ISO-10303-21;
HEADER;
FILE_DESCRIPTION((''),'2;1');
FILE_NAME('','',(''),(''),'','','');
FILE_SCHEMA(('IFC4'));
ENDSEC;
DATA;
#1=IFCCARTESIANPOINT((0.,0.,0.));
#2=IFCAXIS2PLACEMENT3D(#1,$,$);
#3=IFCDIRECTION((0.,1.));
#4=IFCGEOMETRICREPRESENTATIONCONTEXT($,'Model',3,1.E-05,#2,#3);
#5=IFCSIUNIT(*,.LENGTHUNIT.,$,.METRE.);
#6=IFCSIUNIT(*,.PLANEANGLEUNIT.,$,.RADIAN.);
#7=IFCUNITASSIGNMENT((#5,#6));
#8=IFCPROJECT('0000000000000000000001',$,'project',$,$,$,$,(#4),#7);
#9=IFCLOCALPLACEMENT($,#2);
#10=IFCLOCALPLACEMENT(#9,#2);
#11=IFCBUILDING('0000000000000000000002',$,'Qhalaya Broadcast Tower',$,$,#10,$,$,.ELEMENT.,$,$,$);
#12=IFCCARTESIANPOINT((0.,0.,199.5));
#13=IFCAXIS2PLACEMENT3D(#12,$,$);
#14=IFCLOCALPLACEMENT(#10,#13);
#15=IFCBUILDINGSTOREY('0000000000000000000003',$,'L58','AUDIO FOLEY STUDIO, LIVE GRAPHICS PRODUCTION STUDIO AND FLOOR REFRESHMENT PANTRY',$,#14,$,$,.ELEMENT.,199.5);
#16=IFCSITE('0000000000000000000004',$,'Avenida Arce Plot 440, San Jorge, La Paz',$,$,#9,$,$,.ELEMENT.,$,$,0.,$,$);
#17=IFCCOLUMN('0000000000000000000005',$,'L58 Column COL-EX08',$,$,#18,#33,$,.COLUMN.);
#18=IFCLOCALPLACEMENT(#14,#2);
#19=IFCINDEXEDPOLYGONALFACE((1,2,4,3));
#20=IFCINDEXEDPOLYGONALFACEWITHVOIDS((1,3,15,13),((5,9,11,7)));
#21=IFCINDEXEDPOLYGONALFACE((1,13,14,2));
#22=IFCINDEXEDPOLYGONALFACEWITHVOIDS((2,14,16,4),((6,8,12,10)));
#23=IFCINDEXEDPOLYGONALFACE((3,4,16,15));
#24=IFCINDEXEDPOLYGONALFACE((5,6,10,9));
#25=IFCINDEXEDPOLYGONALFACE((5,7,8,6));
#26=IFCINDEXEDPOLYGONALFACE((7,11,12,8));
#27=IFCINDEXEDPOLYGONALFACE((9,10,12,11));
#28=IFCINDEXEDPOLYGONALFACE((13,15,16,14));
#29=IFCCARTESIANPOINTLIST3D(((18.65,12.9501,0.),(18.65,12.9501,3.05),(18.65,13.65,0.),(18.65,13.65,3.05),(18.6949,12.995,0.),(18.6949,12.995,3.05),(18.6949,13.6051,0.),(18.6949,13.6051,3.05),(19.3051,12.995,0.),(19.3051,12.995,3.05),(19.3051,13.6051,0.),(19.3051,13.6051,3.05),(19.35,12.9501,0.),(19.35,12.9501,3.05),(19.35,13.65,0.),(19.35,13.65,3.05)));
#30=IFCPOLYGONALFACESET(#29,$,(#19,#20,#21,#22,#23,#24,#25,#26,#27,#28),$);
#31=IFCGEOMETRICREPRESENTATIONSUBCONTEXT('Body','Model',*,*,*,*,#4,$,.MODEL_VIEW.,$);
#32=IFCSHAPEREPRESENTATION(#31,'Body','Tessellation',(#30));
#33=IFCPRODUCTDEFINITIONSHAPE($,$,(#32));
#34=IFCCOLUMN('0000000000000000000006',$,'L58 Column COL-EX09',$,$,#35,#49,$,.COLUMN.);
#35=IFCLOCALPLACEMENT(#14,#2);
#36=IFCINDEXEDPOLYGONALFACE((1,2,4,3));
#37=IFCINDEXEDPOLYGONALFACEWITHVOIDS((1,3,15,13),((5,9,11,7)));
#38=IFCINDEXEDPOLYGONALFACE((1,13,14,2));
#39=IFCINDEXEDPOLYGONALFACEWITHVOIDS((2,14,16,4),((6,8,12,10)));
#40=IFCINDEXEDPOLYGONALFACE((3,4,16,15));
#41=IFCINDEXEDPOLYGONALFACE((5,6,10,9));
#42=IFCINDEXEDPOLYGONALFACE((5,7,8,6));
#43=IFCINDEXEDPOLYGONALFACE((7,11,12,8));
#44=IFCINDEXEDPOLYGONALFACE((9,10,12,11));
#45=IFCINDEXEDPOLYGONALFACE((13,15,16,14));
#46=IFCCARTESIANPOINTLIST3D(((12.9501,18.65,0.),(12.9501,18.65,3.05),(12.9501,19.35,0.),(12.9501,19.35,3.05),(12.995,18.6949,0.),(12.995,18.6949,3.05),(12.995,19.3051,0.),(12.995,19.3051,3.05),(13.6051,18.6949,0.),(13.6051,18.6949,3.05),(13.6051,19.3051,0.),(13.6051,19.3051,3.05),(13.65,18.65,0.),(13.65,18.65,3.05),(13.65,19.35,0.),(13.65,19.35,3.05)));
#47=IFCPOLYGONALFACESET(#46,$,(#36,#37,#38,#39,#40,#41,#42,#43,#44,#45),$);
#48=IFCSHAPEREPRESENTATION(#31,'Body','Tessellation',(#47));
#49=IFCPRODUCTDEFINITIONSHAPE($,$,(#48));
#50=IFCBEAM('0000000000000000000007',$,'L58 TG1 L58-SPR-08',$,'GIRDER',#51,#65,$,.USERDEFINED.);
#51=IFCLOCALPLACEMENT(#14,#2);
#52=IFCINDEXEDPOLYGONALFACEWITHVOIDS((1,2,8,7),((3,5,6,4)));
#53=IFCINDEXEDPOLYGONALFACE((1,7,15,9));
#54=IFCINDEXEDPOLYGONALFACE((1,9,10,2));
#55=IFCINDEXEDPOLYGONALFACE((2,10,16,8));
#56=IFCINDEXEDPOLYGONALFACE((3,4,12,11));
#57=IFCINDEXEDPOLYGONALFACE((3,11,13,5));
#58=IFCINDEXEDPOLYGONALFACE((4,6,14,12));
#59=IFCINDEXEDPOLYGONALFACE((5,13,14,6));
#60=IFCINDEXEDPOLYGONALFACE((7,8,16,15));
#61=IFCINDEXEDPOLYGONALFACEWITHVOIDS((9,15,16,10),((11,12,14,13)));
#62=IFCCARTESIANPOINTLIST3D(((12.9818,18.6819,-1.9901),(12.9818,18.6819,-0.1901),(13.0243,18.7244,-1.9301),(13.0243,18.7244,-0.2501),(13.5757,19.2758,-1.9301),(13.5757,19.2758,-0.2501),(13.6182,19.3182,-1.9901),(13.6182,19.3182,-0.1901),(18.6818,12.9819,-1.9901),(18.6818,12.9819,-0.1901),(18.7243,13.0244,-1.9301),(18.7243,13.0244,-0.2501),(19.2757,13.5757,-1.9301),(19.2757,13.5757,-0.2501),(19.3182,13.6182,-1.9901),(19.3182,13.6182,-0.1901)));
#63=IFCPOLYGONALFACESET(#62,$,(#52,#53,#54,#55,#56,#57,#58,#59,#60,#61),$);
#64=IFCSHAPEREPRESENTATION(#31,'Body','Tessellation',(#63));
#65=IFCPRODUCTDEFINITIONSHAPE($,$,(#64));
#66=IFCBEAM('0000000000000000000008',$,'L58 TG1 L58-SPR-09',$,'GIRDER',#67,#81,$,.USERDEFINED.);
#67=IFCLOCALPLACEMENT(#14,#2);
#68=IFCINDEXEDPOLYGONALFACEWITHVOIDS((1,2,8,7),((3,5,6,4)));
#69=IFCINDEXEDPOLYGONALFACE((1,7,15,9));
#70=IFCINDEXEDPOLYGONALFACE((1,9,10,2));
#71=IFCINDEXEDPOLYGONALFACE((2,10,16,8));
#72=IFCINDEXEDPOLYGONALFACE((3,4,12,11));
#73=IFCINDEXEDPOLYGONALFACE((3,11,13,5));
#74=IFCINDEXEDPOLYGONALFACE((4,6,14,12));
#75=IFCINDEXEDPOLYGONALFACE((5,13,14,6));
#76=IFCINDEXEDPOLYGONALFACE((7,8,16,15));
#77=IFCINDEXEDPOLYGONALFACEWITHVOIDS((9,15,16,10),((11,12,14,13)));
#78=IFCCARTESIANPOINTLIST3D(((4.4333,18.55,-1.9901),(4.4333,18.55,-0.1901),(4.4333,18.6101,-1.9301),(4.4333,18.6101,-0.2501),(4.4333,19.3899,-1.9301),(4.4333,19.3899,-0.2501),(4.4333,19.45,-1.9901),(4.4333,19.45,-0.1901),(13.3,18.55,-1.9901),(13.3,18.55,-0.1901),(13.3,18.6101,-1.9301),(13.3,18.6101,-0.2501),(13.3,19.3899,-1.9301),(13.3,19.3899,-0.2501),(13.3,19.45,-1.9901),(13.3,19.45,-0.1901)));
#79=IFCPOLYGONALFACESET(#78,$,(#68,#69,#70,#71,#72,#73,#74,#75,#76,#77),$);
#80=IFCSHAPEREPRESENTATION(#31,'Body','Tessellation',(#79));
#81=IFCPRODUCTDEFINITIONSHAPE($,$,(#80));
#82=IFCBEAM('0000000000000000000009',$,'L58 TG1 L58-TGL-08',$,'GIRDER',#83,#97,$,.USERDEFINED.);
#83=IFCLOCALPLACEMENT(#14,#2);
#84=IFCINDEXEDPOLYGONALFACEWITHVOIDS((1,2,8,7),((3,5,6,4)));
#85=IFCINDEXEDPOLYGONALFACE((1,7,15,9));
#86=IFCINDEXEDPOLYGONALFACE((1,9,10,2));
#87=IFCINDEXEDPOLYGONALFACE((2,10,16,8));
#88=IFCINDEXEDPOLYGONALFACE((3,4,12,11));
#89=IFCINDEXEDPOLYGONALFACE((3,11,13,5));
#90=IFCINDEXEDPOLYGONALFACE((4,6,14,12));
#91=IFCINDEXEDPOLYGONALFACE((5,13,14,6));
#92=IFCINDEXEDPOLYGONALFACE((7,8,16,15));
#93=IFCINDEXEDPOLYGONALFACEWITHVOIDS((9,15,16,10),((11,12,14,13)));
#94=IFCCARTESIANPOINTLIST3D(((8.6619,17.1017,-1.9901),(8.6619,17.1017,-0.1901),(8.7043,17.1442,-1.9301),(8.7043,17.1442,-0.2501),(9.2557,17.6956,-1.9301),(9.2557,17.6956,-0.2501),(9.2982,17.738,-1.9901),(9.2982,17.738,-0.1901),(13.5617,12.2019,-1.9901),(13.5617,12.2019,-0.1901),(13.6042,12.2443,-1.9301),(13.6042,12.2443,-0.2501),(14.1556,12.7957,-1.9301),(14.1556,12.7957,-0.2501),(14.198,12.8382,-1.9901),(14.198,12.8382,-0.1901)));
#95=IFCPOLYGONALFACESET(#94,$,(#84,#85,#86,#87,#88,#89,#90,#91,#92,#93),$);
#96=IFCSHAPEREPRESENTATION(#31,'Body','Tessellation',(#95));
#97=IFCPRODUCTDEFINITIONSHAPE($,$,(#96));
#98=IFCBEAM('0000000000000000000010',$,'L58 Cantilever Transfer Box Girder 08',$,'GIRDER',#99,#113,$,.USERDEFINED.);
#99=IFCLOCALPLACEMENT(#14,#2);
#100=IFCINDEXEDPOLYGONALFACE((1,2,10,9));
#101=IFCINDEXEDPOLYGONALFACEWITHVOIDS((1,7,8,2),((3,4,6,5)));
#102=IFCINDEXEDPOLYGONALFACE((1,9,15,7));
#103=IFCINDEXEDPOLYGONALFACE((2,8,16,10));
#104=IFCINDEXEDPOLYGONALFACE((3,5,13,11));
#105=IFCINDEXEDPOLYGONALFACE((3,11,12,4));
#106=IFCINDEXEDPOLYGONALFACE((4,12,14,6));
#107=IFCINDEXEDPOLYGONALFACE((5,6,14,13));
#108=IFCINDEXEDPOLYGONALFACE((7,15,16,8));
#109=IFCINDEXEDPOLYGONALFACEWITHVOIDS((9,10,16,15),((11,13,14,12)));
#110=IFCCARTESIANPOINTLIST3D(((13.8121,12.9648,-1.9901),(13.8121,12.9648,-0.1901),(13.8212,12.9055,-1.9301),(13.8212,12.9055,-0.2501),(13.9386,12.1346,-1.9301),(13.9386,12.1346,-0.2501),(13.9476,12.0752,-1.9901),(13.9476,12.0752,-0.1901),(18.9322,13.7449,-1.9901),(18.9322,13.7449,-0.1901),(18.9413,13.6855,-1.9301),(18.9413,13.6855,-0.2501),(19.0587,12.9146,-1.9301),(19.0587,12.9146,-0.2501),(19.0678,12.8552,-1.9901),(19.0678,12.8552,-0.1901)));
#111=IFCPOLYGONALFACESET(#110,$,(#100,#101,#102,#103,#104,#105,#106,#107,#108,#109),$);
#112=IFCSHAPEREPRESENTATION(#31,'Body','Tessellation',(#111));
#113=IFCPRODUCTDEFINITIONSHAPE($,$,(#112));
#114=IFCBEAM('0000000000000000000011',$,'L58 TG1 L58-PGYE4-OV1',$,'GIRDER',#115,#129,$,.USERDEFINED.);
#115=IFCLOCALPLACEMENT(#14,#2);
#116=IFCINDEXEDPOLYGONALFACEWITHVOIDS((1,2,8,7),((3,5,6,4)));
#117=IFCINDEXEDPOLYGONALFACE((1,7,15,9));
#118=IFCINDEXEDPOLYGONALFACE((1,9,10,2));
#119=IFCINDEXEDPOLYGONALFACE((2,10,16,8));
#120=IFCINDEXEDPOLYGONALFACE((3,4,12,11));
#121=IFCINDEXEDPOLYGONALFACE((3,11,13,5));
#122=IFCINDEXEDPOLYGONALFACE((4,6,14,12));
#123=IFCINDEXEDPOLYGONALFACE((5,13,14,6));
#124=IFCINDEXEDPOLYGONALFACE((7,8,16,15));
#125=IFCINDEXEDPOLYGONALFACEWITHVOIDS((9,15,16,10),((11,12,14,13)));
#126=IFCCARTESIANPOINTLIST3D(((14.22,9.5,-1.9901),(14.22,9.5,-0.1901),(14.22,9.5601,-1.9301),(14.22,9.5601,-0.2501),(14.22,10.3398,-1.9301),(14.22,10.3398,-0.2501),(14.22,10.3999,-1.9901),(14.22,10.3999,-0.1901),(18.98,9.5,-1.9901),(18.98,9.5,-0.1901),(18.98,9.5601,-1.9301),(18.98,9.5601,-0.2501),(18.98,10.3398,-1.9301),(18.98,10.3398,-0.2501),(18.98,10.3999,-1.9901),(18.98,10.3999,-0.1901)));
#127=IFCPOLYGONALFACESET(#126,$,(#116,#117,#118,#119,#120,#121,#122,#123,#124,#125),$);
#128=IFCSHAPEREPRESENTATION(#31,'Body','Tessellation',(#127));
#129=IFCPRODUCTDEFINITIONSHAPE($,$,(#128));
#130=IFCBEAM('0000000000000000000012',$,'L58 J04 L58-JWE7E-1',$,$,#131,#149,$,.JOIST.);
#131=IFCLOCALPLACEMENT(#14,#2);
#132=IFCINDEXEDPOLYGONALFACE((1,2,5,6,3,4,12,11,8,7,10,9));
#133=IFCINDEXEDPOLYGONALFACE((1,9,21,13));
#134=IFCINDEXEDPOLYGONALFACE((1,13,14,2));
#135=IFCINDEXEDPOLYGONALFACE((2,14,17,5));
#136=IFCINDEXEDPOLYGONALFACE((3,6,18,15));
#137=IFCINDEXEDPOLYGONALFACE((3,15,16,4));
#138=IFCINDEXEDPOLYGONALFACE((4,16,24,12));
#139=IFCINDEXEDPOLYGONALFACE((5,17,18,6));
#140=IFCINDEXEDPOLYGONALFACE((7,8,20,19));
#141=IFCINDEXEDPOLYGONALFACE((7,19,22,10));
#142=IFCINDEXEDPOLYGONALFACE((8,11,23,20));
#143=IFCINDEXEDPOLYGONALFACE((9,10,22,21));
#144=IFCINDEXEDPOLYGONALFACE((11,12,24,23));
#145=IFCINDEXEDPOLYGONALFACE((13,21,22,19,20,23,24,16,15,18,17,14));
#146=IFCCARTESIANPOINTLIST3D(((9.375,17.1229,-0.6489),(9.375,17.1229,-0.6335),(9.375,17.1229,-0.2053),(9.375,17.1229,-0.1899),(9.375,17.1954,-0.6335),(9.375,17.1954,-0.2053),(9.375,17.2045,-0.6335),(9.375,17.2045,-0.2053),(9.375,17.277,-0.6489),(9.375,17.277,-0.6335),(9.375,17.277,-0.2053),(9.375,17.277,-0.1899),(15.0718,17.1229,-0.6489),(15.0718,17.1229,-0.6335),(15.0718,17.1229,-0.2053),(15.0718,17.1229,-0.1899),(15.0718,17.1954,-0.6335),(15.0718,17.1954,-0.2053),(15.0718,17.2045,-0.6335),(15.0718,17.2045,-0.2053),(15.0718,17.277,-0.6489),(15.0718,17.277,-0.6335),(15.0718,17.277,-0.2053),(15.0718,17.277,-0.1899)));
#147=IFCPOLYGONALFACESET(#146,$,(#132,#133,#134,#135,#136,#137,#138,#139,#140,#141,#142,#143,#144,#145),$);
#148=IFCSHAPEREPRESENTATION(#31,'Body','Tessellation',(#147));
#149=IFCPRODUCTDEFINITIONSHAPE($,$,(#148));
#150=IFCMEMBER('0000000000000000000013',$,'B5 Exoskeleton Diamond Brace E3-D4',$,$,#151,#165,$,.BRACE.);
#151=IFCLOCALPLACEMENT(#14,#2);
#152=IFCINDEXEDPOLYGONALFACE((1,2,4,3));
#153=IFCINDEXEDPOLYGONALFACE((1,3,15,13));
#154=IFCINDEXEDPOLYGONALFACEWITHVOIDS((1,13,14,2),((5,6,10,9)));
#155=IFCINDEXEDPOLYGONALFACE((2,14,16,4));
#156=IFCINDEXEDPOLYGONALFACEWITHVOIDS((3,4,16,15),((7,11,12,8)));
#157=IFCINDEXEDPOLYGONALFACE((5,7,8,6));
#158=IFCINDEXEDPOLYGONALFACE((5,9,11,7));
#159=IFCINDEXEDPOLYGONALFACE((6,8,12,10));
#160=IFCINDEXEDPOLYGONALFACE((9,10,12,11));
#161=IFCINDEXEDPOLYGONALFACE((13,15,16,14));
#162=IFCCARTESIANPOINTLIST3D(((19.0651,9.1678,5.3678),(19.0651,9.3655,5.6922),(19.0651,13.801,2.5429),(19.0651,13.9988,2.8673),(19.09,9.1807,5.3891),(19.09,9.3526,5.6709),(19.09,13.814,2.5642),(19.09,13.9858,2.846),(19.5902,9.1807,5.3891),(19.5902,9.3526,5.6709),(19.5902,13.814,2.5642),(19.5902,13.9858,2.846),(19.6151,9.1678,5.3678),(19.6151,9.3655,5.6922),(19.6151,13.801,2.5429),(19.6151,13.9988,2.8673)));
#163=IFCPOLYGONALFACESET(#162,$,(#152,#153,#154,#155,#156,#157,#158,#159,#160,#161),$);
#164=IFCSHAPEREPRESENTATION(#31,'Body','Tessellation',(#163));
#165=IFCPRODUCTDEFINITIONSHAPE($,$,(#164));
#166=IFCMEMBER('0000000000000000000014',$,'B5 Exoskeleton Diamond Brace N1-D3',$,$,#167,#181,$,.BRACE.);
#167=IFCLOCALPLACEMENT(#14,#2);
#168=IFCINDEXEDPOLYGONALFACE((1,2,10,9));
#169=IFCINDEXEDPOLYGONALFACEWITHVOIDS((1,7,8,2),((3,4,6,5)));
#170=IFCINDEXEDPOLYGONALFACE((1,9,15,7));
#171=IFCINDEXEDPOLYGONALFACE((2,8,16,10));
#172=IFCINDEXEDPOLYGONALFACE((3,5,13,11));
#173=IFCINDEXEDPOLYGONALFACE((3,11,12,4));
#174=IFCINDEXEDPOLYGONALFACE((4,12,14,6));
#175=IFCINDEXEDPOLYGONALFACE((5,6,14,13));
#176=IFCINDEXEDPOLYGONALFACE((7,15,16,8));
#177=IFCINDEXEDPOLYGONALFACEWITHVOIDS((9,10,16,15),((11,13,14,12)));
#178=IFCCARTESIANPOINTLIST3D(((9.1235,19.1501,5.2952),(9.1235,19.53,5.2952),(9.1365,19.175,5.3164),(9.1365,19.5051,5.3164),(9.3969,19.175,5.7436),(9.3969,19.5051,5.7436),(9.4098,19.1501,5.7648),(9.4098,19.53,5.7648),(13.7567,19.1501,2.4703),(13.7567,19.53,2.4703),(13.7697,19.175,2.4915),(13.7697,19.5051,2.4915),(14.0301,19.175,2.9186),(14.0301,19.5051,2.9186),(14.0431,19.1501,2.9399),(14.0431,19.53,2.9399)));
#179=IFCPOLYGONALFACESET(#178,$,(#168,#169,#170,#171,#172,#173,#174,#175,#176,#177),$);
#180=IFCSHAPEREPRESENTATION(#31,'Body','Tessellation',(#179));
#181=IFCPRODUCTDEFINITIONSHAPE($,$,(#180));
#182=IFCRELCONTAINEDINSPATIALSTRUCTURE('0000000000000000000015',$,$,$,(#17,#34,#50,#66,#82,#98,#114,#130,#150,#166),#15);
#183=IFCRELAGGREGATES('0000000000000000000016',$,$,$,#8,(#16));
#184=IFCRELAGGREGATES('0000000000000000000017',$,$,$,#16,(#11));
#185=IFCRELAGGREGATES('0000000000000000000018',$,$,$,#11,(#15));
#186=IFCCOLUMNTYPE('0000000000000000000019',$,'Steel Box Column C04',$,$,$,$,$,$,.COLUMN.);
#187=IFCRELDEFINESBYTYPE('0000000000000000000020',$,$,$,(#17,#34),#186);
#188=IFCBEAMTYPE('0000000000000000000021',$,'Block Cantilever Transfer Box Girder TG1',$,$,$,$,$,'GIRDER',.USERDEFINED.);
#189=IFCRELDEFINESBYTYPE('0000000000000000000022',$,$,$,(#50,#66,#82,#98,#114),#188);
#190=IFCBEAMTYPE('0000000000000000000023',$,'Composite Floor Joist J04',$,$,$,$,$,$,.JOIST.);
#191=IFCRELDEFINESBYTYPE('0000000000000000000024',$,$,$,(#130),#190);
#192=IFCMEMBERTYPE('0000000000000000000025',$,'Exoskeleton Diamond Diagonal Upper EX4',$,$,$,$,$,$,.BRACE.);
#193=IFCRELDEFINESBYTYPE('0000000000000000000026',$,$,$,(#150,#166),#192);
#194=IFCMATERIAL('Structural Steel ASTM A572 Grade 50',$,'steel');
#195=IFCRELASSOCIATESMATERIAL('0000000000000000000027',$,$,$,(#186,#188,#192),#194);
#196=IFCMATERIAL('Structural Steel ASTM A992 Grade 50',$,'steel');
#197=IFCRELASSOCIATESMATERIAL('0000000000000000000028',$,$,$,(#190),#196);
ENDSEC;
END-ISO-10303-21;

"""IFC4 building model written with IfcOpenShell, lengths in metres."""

from ifc_helpers import new_model, si_unit, direction, frame, origin, origin_2d, place, context, subcontext, project, spatial, hollow_rectangle, i_section, extrude, material, material_profile, profile_set, type_object, element, save


model = new_model("IFC4")

# Units and contexts
model_context = context("Model", 3, precision=1e-05, world=origin(), true_north=direction((0.0, 1.0)))
body_context = subcontext(model_context, "Body", "Model", "MODEL_VIEW")
ifc_project = project(units=[si_unit("LENGTHUNIT", "METRE"), si_unit("PLANEANGLEUNIT", "RADIAN")], contexts=[model_context])

# Site, building, storey
site_placement = place(None, origin())
site = spatial("IfcSite", under=ifc_project, at=site_placement, Name="Avenida Arce Plot 440, San Jorge, La Paz", CompositionType="ELEMENT", RefElevation=0.0)
building_placement = place(site_placement, origin())
building = spatial("IfcBuilding", under=site, at=building_placement, Name="Qhalaya Broadcast Tower", CompositionType="ELEMENT")
storey_placement = place(building_placement, frame((0.0, 0.0, 199.5)))
storey = spatial("IfcBuildingStorey", under=building, at=storey_placement, Name="L58", Description="AUDIO FOLEY STUDIO, LIVE GRAPHICS PRODUCTION STUDIO AND FLOOR REFRESHMENT PANTRY", CompositionType="ELEMENT", Elevation=199.5)

# Columns
ifc_material_1 = material(Name="Structural Steel ASTM A572 Grade 50", Category="steel")
ifc_material_profile_1 = material_profile(ifc_material_1, hollow_rectangle(XDim=0.7, YDim=0.7, WallThickness=0.0449, at=origin_2d()), Name="BOX 700x700x45")
ifc_profile_set_1 = profile_set([ifc_material_profile_1], Name="Structural Steel ASTM A572 Grade 50")
column_type = type_object("IfcColumnType", Name="Steel Box Column C04", PredefinedType="COLUMN", material=ifc_profile_set_1)
for number, where, z_axis, x_axis, name in (
    (1, (19.0, 13.3, 0.0), (0.0, 0.0, 1.0), (0.0, 1.0, 0.0), "L58 Column COL-EX08"),
    (2, (13.3, 19.0, 0.0), (0.0, 0.0, 1.0), (1.0, 0.0, 0.0), "L58 Column COL-EX09"),
):
    element("IfcColumn", number, at=place(storey_placement, frame(where, z_axis=z_axis, x_axis=x_axis)), inside=storey, type_object=column_type, Name=name, PredefinedType="COLUMN", context=body_context, shape_type="SweptSolid", body=[
        extrude(hollow_rectangle(XDim=0.7, YDim=0.7, WallThickness=0.0449, at=origin_2d()), origin(), (0.0, 0.0, 1.0), 3.05),
    ])

# Beams
ifc_material_profile_2 = material_profile(ifc_material_1, hollow_rectangle(XDim=0.8999, YDim=1.8, WallThickness=0.0601, at=origin_2d()), Name="BOX 900x1800x60")
ifc_profile_set_2 = profile_set([ifc_material_profile_2], Name="Structural Steel ASTM A572 Grade 50")
beam_type_1 = type_object("IfcBeamType", Name="Block Cantilever Transfer Box Girder TG1", ElementType="GIRDER", PredefinedType="USERDEFINED", material=ifc_profile_set_2)
beam_1_placement = place(storey_placement, frame((19.0, 13.3, -1.0901), z_axis=(-0.707107, 0.707107, 0.0), x_axis=(-0.707107, -0.707107, 0.0)))
element("IfcBeam", 3, at=beam_1_placement, inside=storey, type_object=beam_type_1, Name="L58 TG1 L58-SPR-08", ObjectType="GIRDER", PredefinedType="USERDEFINED", context=body_context, shape_type="SweptSolid", body=[
    extrude(hollow_rectangle(XDim=0.8999, YDim=1.8, WallThickness=0.0601, at=origin_2d()), origin(), (0.0, 0.0, 1.0), 8.061),
])
beam_2_placement = place(storey_placement, frame((13.3, 19.0, -1.0901), z_axis=(-1.0, 0.0, 0.0), x_axis=(0.0, -1.0, 0.0)))
element("IfcBeam", 4, at=beam_2_placement, inside=storey, type_object=beam_type_1, Name="L58 TG1 L58-SPR-09", ObjectType="GIRDER", PredefinedType="USERDEFINED", context=body_context, shape_type="SweptSolid", body=[
    extrude(hollow_rectangle(XDim=0.8999, YDim=1.8, WallThickness=0.0601, at=origin_2d()), origin(), (0.0, 0.0, 1.0), 8.8667),
])
beam_3_placement = place(storey_placement, frame((13.8799, 12.52, -1.0901), z_axis=(-0.707107, 0.707107, 0.0), x_axis=(-0.707107, -0.707107, 0.0)))
element("IfcBeam", 5, at=beam_3_placement, inside=storey, type_object=beam_type_1, Name="L58 TG1 L58-TGL-08", ObjectType="GIRDER", PredefinedType="USERDEFINED", context=body_context, shape_type="SweptSolid", body=[
    extrude(hollow_rectangle(XDim=0.8999, YDim=1.8, WallThickness=0.0601, at=origin_2d()), origin(), (0.0, 0.0, 1.0), 6.9294),
])
beam_4_placement = place(storey_placement, frame((13.8799, 12.52, -1.0901), z_axis=(0.988594, 0.150608, 0.0), x_axis=(-0.150608, 0.988594, 0.0)))
element("IfcBeam", 6, at=beam_4_placement, inside=storey, type_object=beam_type_1, Name="L58 Cantilever Transfer Box Girder 08", ObjectType="GIRDER", PredefinedType="USERDEFINED", context=body_context, shape_type="SweptSolid", body=[
    extrude(hollow_rectangle(XDim=0.8999, YDim=1.8, WallThickness=0.0601, at=origin_2d()), origin(), (0.0, 0.0, 1.0), 5.1792),
])
beam_5_placement = place(storey_placement, frame((14.22, 9.95, -1.0901), z_axis=(1.0, 0.0, 0.0), x_axis=(0.0, 1.0, 0.0)))
element("IfcBeam", 7, at=beam_5_placement, inside=storey, type_object=beam_type_1, Name="L58 TG1 L58-PGYE4-OV1", ObjectType="GIRDER", PredefinedType="USERDEFINED", context=body_context, shape_type="SweptSolid", body=[
    extrude(hollow_rectangle(XDim=0.8999, YDim=1.8, WallThickness=0.0601, at=origin_2d()), origin(), (0.0, 0.0, 1.0), 4.76),
])
ifc_material_2 = material(Name="Structural Steel ASTM A992 Grade 50", Category="steel")
ifc_material_profile_3 = material_profile(ifc_material_2, i_section(OverallWidth=0.1541, OverallDepth=0.459, WebThickness=0.009, FlangeThickness=0.0154, at=origin_2d()), Name="W18X46")
ifc_profile_set_3 = profile_set([ifc_material_profile_3], Name="Structural Steel ASTM A992 Grade 50")
beam_type_2 = type_object("IfcBeamType", Name="Composite Floor Joist J04", PredefinedType="JOIST", material=ifc_profile_set_3)
beam_6_placement = place(storey_placement, frame((9.375, 17.2, -0.4194), z_axis=(1.0, 0.0, 0.0), x_axis=(0.0, 1.0, 0.0)))
element("IfcBeam", 8, at=beam_6_placement, inside=storey, type_object=beam_type_2, Name="L58 J04 L58-JWE7E-1", PredefinedType="JOIST", context=body_context, shape_type="SweptSolid", body=[
    extrude(i_section(OverallWidth=0.1541, OverallDepth=0.459, WebThickness=0.009, FlangeThickness=0.0154, at=origin_2d()), origin(), (0.0, 0.0, 1.0), 5.6968),
])

# Members
ifc_material_profile_4 = material_profile(ifc_material_1, hollow_rectangle(XDim=0.3799, YDim=0.55, WallThickness=0.0249, at=origin_2d()), Name="BOX 380x550x25")
ifc_profile_set_4 = profile_set([ifc_material_profile_4], Name="Structural Steel ASTM A572 Grade 50")
member_type_1 = type_object("IfcMemberType", Name="Exoskeleton Diamond Diagonal Upper EX4", PredefinedType="BRACE", material=ifc_profile_set_4)
for number, where, z_axis, x_axis, name in (
    (9, (19.3401, 13.8999, 2.7051), (0.0, -0.853815, 0.520576), (0.0, 0.520576, 0.853815), "B5 Exoskeleton Diamond Brace E3-D4"),
    (10, (13.8999, 19.3401, 2.7051), (-0.853815, 0.0, 0.520576), (0.0, -1.0, 0.0), "B5 Exoskeleton Diamond Brace N1-D3"),
):
    element("IfcMember", number, at=place(storey_placement, frame(where, z_axis=z_axis, x_axis=x_axis)), inside=storey, type_object=member_type_1, Name=name, PredefinedType="BRACE", context=body_context, shape_type="SweptSolid", body=[
        extrude(hollow_rectangle(XDim=0.3799, YDim=0.55, WallThickness=0.0249, at=origin_2d()), origin(), (0.0, 0.0, 1.0), 5.4265),
    ])

save(model, "model.ifc")
